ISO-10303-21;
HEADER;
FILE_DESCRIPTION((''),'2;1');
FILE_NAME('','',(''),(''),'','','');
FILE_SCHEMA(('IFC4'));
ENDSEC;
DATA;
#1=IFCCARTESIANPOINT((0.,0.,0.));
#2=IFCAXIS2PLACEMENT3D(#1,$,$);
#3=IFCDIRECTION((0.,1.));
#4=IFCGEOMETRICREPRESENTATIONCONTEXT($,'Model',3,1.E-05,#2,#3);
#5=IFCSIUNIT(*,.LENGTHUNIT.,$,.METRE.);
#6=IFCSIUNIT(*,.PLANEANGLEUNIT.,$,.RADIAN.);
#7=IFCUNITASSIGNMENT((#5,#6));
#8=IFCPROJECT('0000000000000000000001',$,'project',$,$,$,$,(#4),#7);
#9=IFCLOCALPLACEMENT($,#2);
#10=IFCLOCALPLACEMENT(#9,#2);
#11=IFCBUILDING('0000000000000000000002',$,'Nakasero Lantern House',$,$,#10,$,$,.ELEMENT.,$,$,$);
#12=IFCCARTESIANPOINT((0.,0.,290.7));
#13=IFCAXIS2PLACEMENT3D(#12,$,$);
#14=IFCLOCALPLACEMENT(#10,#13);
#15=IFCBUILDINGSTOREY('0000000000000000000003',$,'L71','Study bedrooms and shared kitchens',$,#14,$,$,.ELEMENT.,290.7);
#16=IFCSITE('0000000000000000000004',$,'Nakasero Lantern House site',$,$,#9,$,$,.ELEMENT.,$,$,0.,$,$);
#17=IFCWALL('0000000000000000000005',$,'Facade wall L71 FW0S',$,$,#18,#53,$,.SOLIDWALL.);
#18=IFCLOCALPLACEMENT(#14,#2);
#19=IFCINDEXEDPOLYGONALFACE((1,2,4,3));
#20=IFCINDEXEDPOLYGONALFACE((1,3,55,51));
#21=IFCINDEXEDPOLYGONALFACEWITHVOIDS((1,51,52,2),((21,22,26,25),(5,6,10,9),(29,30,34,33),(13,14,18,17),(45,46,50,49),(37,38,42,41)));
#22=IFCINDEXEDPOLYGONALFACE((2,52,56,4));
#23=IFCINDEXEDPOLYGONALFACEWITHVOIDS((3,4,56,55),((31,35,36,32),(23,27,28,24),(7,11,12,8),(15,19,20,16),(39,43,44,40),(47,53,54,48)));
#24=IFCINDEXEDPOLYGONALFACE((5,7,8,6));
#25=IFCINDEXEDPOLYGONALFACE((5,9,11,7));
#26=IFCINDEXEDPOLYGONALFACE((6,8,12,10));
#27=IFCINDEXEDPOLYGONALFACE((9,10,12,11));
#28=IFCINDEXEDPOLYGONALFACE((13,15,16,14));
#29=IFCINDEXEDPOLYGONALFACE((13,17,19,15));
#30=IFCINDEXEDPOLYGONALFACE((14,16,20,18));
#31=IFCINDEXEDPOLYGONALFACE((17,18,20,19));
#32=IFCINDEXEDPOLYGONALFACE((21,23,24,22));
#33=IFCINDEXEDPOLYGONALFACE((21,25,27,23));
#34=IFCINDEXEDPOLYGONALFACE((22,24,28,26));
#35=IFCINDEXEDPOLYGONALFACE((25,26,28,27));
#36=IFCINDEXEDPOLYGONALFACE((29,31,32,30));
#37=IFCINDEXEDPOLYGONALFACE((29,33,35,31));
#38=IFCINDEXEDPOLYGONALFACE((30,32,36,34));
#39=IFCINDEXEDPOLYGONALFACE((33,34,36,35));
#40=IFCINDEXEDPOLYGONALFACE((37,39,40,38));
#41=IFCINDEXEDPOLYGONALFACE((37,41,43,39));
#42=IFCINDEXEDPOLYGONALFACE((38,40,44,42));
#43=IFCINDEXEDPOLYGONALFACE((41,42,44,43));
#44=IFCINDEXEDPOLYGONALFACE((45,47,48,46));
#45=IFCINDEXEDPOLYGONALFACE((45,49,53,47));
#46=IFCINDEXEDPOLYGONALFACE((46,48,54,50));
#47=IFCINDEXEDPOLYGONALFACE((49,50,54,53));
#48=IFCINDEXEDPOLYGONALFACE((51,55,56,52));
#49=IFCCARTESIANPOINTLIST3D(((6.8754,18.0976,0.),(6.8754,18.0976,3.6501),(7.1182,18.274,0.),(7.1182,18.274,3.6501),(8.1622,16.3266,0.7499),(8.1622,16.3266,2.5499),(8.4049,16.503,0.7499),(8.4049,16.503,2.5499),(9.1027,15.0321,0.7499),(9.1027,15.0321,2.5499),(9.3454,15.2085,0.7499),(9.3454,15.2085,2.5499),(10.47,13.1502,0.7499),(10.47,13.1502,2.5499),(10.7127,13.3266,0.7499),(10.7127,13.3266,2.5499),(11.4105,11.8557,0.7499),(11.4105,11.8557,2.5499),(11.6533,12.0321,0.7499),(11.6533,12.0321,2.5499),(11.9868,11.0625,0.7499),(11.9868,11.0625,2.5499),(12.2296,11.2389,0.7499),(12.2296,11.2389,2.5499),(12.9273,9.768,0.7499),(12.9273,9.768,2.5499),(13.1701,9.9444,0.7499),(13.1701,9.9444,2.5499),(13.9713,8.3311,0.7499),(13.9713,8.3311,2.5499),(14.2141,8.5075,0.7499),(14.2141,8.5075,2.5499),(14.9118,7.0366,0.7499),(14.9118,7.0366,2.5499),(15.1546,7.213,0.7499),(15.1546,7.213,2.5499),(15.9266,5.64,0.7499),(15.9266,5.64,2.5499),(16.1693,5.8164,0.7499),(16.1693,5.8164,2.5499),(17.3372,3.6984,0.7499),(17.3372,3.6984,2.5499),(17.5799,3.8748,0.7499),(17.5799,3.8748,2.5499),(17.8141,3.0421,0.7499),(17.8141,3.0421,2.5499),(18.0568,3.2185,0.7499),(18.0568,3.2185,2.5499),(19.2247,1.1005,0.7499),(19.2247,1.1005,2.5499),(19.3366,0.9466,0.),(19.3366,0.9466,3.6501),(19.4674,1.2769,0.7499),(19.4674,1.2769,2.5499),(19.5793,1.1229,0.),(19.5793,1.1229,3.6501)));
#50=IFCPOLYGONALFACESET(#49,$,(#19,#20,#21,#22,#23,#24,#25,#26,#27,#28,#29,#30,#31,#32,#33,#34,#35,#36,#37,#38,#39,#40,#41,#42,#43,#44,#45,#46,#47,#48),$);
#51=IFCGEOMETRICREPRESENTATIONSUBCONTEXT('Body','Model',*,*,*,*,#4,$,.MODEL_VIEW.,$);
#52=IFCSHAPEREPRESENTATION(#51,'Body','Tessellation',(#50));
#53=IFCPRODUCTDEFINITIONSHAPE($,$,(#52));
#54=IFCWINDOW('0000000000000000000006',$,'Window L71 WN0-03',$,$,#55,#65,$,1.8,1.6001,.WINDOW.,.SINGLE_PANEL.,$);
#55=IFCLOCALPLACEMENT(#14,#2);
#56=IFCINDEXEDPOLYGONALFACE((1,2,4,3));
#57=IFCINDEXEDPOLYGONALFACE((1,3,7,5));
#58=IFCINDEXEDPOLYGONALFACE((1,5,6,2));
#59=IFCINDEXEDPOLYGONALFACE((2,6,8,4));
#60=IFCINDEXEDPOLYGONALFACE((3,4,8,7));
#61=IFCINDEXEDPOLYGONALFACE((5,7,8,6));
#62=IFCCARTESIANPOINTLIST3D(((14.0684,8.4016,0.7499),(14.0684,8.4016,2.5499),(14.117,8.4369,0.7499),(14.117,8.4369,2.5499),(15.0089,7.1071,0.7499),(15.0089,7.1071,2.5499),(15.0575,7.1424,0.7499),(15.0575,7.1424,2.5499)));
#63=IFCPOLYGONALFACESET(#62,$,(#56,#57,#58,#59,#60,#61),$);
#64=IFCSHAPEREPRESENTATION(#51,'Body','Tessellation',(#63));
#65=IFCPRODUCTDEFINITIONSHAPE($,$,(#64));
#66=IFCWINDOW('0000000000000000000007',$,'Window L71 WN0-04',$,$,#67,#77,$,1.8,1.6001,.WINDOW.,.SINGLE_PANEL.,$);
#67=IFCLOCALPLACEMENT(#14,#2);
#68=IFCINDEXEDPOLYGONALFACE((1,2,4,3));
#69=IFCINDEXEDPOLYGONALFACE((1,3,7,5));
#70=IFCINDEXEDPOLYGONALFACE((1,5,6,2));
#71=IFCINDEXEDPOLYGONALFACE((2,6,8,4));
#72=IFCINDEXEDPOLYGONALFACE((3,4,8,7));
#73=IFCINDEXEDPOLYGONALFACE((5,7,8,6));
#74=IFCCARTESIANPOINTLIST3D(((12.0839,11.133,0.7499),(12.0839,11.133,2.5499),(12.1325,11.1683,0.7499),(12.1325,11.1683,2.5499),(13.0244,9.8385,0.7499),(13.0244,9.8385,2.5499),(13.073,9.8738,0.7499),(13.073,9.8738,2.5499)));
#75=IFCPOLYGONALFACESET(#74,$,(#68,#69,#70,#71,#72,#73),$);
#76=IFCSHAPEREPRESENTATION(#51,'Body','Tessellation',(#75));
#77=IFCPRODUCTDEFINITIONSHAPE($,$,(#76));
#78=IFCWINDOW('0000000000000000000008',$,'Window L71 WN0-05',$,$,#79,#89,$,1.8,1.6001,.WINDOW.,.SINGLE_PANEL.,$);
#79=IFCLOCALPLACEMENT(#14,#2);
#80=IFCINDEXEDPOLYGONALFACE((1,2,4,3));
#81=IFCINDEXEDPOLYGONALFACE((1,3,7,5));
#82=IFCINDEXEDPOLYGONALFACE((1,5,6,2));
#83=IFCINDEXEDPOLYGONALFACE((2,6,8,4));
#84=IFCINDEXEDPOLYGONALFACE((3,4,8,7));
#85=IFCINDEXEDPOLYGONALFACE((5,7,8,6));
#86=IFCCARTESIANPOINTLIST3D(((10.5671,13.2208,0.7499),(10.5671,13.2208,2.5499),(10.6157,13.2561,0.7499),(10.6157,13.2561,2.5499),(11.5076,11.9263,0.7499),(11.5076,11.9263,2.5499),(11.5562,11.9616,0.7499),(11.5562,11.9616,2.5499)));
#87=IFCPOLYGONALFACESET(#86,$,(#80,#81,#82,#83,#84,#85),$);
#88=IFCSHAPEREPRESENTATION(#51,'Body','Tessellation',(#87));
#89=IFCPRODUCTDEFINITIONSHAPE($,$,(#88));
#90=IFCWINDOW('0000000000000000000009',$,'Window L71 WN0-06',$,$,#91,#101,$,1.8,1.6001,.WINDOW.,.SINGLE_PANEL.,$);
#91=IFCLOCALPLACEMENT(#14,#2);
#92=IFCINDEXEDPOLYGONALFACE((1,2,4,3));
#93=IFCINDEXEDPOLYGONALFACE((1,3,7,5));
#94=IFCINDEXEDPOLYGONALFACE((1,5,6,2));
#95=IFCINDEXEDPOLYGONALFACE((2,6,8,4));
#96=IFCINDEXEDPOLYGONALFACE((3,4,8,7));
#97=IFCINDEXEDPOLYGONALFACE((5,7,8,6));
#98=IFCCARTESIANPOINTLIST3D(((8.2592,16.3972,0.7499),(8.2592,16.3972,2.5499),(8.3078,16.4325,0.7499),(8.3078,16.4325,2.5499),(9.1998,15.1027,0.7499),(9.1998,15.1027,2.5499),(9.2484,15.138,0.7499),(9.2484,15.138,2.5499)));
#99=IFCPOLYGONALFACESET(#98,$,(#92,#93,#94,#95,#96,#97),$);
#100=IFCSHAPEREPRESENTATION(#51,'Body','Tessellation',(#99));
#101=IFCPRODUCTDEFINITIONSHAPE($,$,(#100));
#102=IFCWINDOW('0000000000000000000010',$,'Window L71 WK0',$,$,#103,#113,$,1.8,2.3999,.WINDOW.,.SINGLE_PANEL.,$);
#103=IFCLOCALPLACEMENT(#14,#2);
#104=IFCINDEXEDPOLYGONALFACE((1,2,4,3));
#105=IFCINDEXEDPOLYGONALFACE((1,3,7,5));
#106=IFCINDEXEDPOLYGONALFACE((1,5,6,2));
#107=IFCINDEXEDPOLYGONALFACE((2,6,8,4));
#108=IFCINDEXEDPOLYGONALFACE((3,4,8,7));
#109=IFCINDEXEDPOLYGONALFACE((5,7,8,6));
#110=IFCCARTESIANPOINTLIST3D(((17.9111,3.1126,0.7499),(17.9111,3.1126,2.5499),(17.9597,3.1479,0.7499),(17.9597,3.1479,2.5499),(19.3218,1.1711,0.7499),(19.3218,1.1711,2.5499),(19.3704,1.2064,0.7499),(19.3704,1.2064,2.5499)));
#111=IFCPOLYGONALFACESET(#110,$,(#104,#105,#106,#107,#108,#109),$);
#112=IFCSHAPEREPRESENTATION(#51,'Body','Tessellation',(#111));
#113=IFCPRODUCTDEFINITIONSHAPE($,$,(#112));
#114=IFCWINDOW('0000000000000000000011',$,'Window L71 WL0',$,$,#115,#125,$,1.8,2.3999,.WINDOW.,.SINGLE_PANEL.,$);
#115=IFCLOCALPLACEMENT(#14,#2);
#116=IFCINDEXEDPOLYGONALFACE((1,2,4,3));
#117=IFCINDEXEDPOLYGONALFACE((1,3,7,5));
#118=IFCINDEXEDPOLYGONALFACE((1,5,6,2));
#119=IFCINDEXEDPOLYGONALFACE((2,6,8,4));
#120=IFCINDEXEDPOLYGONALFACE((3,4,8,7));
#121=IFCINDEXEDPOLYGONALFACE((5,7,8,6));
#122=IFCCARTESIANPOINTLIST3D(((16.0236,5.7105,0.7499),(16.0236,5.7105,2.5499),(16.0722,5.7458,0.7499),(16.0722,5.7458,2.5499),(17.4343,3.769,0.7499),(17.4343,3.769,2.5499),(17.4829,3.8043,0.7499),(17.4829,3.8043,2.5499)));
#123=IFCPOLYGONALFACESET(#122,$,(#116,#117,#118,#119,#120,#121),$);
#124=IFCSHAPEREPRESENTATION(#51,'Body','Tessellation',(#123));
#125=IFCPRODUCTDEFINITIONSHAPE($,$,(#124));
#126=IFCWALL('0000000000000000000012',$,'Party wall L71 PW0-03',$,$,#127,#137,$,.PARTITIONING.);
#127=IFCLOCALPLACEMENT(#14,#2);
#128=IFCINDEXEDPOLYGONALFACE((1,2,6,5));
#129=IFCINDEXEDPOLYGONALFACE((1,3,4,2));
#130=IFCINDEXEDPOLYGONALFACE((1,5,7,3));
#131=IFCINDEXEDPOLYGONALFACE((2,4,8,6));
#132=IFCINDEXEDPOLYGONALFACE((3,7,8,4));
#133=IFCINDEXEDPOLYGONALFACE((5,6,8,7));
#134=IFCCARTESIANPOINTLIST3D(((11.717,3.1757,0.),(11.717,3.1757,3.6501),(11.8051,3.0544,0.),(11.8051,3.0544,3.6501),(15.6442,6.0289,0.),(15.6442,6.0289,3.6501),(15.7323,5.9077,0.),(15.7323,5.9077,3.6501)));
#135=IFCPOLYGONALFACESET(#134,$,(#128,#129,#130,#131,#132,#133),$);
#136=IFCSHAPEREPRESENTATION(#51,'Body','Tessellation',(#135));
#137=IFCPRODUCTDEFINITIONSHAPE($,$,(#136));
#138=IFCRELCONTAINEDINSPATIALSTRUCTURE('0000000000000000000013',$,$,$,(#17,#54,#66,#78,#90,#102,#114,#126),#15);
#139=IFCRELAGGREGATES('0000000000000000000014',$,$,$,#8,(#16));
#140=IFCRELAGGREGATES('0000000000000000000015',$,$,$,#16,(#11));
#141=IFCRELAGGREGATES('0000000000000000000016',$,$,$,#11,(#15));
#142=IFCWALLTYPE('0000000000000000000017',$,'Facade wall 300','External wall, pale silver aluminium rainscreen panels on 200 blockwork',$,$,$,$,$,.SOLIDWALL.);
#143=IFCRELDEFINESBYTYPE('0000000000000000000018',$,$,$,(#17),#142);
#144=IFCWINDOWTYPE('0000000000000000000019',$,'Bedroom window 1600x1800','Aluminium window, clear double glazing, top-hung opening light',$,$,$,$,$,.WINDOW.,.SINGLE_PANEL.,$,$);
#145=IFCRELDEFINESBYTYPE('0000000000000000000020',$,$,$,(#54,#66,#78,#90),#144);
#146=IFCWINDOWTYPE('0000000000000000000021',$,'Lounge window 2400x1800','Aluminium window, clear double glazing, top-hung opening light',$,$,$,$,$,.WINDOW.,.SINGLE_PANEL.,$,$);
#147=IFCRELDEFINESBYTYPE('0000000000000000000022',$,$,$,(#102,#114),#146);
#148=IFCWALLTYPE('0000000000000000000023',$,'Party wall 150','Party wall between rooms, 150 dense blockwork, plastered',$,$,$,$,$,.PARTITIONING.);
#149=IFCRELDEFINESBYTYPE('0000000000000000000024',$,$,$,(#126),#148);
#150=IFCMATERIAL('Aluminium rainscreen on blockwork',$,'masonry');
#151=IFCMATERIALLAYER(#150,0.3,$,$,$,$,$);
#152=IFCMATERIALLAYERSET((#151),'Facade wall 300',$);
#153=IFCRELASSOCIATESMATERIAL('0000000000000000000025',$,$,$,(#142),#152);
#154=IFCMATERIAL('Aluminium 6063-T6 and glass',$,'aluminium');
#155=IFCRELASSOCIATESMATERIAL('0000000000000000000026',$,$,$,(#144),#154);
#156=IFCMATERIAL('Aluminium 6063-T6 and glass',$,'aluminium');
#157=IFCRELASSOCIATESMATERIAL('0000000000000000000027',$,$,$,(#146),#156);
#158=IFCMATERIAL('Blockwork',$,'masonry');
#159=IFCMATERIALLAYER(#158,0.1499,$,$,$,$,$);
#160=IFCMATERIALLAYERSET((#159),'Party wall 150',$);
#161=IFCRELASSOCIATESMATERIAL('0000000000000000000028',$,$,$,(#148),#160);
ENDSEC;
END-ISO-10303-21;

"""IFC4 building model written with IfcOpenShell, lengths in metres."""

from ifc_helpers import new_model, si_unit, direction, frame, frame_2d, origin, place, context, subcontext, project, spatial, rectangle, extrude, material, layer, layer_set, type_object, element, fill, save


model = new_model("IFC4")

# Units and contexts
model_context = context("Model", 3, precision=1e-05, world=origin(), true_north=direction((0.0, 1.0)))
body_context = subcontext(model_context, "Body", "Model", "MODEL_VIEW")
ifc_project = project(units=[si_unit("LENGTHUNIT", "METRE"), si_unit("PLANEANGLEUNIT", "RADIAN")], contexts=[model_context])

# Site, building, storey
site_placement = place(None, origin())
site = spatial("IfcSite", under=ifc_project, at=site_placement, Name="Nakasero Lantern House site", CompositionType="ELEMENT", RefElevation=0.0)
building_placement = place(site_placement, origin())
building = spatial("IfcBuilding", under=site, at=building_placement, Name="Nakasero Lantern House", CompositionType="ELEMENT")
storey_placement = place(building_placement, frame((0.0, 0.0, 290.7)))
storey = spatial("IfcBuildingStorey", under=building, at=storey_placement, Name="L71", Description="Study bedrooms and shared kitchens", CompositionType="ELEMENT", Elevation=290.7)

# Wall, openings, windows
ifc_material_1 = material(Name="Aluminium rainscreen on blockwork", Category="masonry")
ifc_layer_1 = layer(ifc_material_1, 0.3)
ifc_layer_set_1 = layer_set([ifc_layer_1], Name="Facade wall 300")
wall_type_1 = type_object("IfcWallType", Name="Facade wall 300", Description="External wall, pale silver aluminium rainscreen panels on 200 blockwork", PredefinedType="SOLIDWALL", material=ifc_layer_set_1)
wall_1_placement = place(storey_placement, frame((19.458, 1.0347, 0.0), z_axis=(0.0, 0.0, 1.0), x_axis=(-0.58779, 0.809013, 0.0)))
wall_1 = element("IfcWall", 1, at=wall_1_placement, inside=storey, type_object=wall_type_1, Name="Facade wall L71 FW0S", PredefinedType="SOLIDWALL", context=body_context, shape_type="SweptSolid", body=[
    extrude(rectangle(XDim=21.2, YDim=0.3, at=frame_2d((10.6001, 0.0))), origin(), (0.0, 0.0, 1.0), 3.6501),
])
opening_1_placement = place(wall_1_placement, frame((7.5278, 0.0, 0.75)))
opening_1 = element("IfcOpeningElement", 2, at=opening_1_placement, cuts=wall_1, PredefinedType="OPENING", context=body_context, shape_type="SweptSolid", body=[
    extrude(rectangle(XDim=1.6001, YDim=1.8, at=frame_2d((0.8, 0.8999))), frame((0.0, 0.1699, 0.0), z_axis=(0.0, -1.0, 0.0), x_axis=(1.0, 0.0, 0.0)), (0.0, 0.0, 1.0), 0.3401),
])
opening_2_placement = place(wall_1_placement, frame((10.9041, 0.0, 0.75)))
opening_2 = element("IfcOpeningElement", 3, at=opening_2_placement, cuts=wall_1, PredefinedType="OPENING", context=body_context, shape_type="SweptSolid", body=[
    extrude(rectangle(XDim=1.6001, YDim=1.8, at=frame_2d((0.8, 0.8999))), frame((0.0, 0.1699, 0.0), z_axis=(0.0, -1.0, 0.0), x_axis=(1.0, 0.0, 0.0)), (0.0, 0.0, 1.0), 0.3401),
])
opening_3_placement = place(wall_1_placement, frame((13.4846, 0.0, 0.75)))
opening_3 = element("IfcOpeningElement", 4, at=opening_3_placement, cuts=wall_1, PredefinedType="OPENING", context=body_context, shape_type="SweptSolid", body=[
    extrude(rectangle(XDim=1.6001, YDim=1.8, at=frame_2d((0.8, 0.8999))), frame((0.0, 0.1699, 0.0), z_axis=(0.0, -1.0, 0.0), x_axis=(1.0, 0.0, 0.0)), (0.0, 0.0, 1.0), 0.3401),
])
opening_4_placement = place(wall_1_placement, frame((17.4109, 0.0, 0.75)))
opening_4 = element("IfcOpeningElement", 5, at=opening_4_placement, cuts=wall_1, PredefinedType="OPENING", context=body_context, shape_type="SweptSolid", body=[
    extrude(rectangle(XDim=1.6001, YDim=1.8, at=frame_2d((0.8, 0.8999))), frame((0.0, 0.1699, 0.0), z_axis=(0.0, -1.0, 0.0), x_axis=(1.0, 0.0, 0.0)), (0.0, 0.0, 1.0), 0.3401),
])
opening_5_placement = place(wall_1_placement, frame((0.1904, 0.0, 0.75)))
opening_5 = element("IfcOpeningElement", 6, at=opening_5_placement, cuts=wall_1, PredefinedType="OPENING", context=body_context, shape_type="SweptSolid", body=[
    extrude(rectangle(XDim=2.3999, YDim=1.8, at=frame_2d((1.2, 0.8999))), frame((0.0, 0.1699, 0.0), z_axis=(0.0, -1.0, 0.0), x_axis=(1.0, 0.0, 0.0)), (0.0, 0.0, 1.0), 0.3401),
])
opening_6_placement = place(wall_1_placement, frame((3.4016, 0.0, 0.75)))
opening_6 = element("IfcOpeningElement", 7, at=opening_6_placement, cuts=wall_1, PredefinedType="OPENING", context=body_context, shape_type="SweptSolid", body=[
    extrude(rectangle(XDim=2.3999, YDim=1.8, at=frame_2d((1.2, 0.8999))), frame((0.0, 0.1699, 0.0), z_axis=(0.0, -1.0, 0.0), x_axis=(1.0, 0.0, 0.0)), (0.0, 0.0, 1.0), 0.3401),
])
ifc_material_2 = material(Name="Aluminium 6063-T6 and glass", Category="aluminium")
window_type_1 = type_object("IfcWindowType", Name="Bedroom window 1600x1800", Description="Aluminium window, clear double glazing, top-hung opening light", PartitioningType="SINGLE_PANEL", PredefinedType="WINDOW", material=ifc_material_2)
window_1_placement = place(opening_1_placement, origin())
window_1 = element("IfcWindow", 8, at=window_1_placement, inside=storey, type_object=window_type_1, Name="Window L71 WN0-03", OverallHeight=1.8, OverallWidth=1.6001, PartitioningType="SINGLE_PANEL", PredefinedType="WINDOW", context=body_context, shape_type="SweptSolid", body=[
    extrude(rectangle(XDim=1.6001, YDim=1.8, at=frame_2d((0.8, 0.8999))), frame((0.0, 0.03, 0.0), z_axis=(0.0, -1.0, 0.0), x_axis=(1.0, 0.0, 0.0)), (0.0, 0.0, 1.0), 0.0601),
])
fill(opening_1, window_1)
window_2_placement = place(opening_2_placement, origin())
window_2 = element("IfcWindow", 9, at=window_2_placement, inside=storey, type_object=window_type_1, Name="Window L71 WN0-04", OverallHeight=1.8, OverallWidth=1.6001, PartitioningType="SINGLE_PANEL", PredefinedType="WINDOW", context=body_context, shape_type="SweptSolid", body=[
    extrude(rectangle(XDim=1.6001, YDim=1.8, at=frame_2d((0.8, 0.8999))), frame((0.0, 0.03, 0.0), z_axis=(0.0, -1.0, 0.0), x_axis=(1.0, 0.0, 0.0)), (0.0, 0.0, 1.0), 0.0601),
])
fill(opening_2, window_2)
window_3_placement = place(opening_3_placement, origin())
window_3 = element("IfcWindow", 10, at=window_3_placement, inside=storey, type_object=window_type_1, Name="Window L71 WN0-05", OverallHeight=1.8, OverallWidth=1.6001, PartitioningType="SINGLE_PANEL", PredefinedType="WINDOW", context=body_context, shape_type="SweptSolid", body=[
    extrude(rectangle(XDim=1.6001, YDim=1.8, at=frame_2d((0.8, 0.8999))), frame((0.0, 0.03, 0.0), z_axis=(0.0, -1.0, 0.0), x_axis=(1.0, 0.0, 0.0)), (0.0, 0.0, 1.0), 0.0601),
])
fill(opening_3, window_3)
window_4_placement = place(opening_4_placement, origin())
window_4 = element("IfcWindow", 11, at=window_4_placement, inside=storey, type_object=window_type_1, Name="Window L71 WN0-06", OverallHeight=1.8, OverallWidth=1.6001, PartitioningType="SINGLE_PANEL", PredefinedType="WINDOW", context=body_context, shape_type="SweptSolid", body=[
    extrude(rectangle(XDim=1.6001, YDim=1.8, at=frame_2d((0.8, 0.8999))), frame((0.0, 0.03, 0.0), z_axis=(0.0, -1.0, 0.0), x_axis=(1.0, 0.0, 0.0)), (0.0, 0.0, 1.0), 0.0601),
])
fill(opening_4, window_4)
ifc_material_3 = material(Name="Aluminium 6063-T6 and glass", Category="aluminium")
window_type_2 = type_object("IfcWindowType", Name="Lounge window 2400x1800", Description="Aluminium window, clear double glazing, top-hung opening light", PartitioningType="SINGLE_PANEL", PredefinedType="WINDOW", material=ifc_material_3)
window_5_placement = place(opening_5_placement, origin())
window_5 = element("IfcWindow", 12, at=window_5_placement, inside=storey, type_object=window_type_2, Name="Window L71 WK0", OverallHeight=1.8, OverallWidth=2.3999, PartitioningType="SINGLE_PANEL", PredefinedType="WINDOW", context=body_context, shape_type="SweptSolid", body=[
    extrude(rectangle(XDim=2.3999, YDim=1.8, at=frame_2d((1.2, 0.8999))), frame((0.0, 0.03, 0.0), z_axis=(0.0, -1.0, 0.0), x_axis=(1.0, 0.0, 0.0)), (0.0, 0.0, 1.0), 0.0601),
])
fill(opening_5, window_5)
window_6_placement = place(opening_6_placement, origin())
window_6 = element("IfcWindow", 13, at=window_6_placement, inside=storey, type_object=window_type_2, Name="Window L71 WL0", OverallHeight=1.8, OverallWidth=2.3999, PartitioningType="SINGLE_PANEL", PredefinedType="WINDOW", context=body_context, shape_type="SweptSolid", body=[
    extrude(rectangle(XDim=2.3999, YDim=1.8, at=frame_2d((1.2, 0.8999))), frame((0.0, 0.03, 0.0), z_axis=(0.0, -1.0, 0.0), x_axis=(1.0, 0.0, 0.0)), (0.0, 0.0, 1.0), 0.0601),
])
fill(opening_6, window_6)

# Wall
ifc_material_4 = material(Name="Blockwork", Category="masonry")
ifc_layer_2 = layer(ifc_material_4, 0.1499)
ifc_layer_set_2 = layer_set([ifc_layer_2], Name="Party wall 150")
wall_type_2 = type_object("IfcWallType", Name="Party wall 150", Description="Party wall between rooms, 150 dense blockwork, plastered", PredefinedType="PARTITIONING", material=ifc_layer_set_2)
wall_2_placement = place(storey_placement, frame((11.761, 3.115, 0.0), z_axis=(0.0, 0.0, 1.0), x_axis=(0.809021, 0.58778, 0.0)))
element("IfcWall", 14, at=wall_2_placement, inside=storey, type_object=wall_type_2, Name="Party wall L71 PW0-03", PredefinedType="PARTITIONING", context=body_context, shape_type="SweptSolid", body=[
    extrude(rectangle(XDim=4.8542, YDim=0.1499, at=frame_2d((2.4272, 0.0))), origin(), (0.0, 0.0, 1.0), 3.6501),
])

save(model, "model.ifc")
